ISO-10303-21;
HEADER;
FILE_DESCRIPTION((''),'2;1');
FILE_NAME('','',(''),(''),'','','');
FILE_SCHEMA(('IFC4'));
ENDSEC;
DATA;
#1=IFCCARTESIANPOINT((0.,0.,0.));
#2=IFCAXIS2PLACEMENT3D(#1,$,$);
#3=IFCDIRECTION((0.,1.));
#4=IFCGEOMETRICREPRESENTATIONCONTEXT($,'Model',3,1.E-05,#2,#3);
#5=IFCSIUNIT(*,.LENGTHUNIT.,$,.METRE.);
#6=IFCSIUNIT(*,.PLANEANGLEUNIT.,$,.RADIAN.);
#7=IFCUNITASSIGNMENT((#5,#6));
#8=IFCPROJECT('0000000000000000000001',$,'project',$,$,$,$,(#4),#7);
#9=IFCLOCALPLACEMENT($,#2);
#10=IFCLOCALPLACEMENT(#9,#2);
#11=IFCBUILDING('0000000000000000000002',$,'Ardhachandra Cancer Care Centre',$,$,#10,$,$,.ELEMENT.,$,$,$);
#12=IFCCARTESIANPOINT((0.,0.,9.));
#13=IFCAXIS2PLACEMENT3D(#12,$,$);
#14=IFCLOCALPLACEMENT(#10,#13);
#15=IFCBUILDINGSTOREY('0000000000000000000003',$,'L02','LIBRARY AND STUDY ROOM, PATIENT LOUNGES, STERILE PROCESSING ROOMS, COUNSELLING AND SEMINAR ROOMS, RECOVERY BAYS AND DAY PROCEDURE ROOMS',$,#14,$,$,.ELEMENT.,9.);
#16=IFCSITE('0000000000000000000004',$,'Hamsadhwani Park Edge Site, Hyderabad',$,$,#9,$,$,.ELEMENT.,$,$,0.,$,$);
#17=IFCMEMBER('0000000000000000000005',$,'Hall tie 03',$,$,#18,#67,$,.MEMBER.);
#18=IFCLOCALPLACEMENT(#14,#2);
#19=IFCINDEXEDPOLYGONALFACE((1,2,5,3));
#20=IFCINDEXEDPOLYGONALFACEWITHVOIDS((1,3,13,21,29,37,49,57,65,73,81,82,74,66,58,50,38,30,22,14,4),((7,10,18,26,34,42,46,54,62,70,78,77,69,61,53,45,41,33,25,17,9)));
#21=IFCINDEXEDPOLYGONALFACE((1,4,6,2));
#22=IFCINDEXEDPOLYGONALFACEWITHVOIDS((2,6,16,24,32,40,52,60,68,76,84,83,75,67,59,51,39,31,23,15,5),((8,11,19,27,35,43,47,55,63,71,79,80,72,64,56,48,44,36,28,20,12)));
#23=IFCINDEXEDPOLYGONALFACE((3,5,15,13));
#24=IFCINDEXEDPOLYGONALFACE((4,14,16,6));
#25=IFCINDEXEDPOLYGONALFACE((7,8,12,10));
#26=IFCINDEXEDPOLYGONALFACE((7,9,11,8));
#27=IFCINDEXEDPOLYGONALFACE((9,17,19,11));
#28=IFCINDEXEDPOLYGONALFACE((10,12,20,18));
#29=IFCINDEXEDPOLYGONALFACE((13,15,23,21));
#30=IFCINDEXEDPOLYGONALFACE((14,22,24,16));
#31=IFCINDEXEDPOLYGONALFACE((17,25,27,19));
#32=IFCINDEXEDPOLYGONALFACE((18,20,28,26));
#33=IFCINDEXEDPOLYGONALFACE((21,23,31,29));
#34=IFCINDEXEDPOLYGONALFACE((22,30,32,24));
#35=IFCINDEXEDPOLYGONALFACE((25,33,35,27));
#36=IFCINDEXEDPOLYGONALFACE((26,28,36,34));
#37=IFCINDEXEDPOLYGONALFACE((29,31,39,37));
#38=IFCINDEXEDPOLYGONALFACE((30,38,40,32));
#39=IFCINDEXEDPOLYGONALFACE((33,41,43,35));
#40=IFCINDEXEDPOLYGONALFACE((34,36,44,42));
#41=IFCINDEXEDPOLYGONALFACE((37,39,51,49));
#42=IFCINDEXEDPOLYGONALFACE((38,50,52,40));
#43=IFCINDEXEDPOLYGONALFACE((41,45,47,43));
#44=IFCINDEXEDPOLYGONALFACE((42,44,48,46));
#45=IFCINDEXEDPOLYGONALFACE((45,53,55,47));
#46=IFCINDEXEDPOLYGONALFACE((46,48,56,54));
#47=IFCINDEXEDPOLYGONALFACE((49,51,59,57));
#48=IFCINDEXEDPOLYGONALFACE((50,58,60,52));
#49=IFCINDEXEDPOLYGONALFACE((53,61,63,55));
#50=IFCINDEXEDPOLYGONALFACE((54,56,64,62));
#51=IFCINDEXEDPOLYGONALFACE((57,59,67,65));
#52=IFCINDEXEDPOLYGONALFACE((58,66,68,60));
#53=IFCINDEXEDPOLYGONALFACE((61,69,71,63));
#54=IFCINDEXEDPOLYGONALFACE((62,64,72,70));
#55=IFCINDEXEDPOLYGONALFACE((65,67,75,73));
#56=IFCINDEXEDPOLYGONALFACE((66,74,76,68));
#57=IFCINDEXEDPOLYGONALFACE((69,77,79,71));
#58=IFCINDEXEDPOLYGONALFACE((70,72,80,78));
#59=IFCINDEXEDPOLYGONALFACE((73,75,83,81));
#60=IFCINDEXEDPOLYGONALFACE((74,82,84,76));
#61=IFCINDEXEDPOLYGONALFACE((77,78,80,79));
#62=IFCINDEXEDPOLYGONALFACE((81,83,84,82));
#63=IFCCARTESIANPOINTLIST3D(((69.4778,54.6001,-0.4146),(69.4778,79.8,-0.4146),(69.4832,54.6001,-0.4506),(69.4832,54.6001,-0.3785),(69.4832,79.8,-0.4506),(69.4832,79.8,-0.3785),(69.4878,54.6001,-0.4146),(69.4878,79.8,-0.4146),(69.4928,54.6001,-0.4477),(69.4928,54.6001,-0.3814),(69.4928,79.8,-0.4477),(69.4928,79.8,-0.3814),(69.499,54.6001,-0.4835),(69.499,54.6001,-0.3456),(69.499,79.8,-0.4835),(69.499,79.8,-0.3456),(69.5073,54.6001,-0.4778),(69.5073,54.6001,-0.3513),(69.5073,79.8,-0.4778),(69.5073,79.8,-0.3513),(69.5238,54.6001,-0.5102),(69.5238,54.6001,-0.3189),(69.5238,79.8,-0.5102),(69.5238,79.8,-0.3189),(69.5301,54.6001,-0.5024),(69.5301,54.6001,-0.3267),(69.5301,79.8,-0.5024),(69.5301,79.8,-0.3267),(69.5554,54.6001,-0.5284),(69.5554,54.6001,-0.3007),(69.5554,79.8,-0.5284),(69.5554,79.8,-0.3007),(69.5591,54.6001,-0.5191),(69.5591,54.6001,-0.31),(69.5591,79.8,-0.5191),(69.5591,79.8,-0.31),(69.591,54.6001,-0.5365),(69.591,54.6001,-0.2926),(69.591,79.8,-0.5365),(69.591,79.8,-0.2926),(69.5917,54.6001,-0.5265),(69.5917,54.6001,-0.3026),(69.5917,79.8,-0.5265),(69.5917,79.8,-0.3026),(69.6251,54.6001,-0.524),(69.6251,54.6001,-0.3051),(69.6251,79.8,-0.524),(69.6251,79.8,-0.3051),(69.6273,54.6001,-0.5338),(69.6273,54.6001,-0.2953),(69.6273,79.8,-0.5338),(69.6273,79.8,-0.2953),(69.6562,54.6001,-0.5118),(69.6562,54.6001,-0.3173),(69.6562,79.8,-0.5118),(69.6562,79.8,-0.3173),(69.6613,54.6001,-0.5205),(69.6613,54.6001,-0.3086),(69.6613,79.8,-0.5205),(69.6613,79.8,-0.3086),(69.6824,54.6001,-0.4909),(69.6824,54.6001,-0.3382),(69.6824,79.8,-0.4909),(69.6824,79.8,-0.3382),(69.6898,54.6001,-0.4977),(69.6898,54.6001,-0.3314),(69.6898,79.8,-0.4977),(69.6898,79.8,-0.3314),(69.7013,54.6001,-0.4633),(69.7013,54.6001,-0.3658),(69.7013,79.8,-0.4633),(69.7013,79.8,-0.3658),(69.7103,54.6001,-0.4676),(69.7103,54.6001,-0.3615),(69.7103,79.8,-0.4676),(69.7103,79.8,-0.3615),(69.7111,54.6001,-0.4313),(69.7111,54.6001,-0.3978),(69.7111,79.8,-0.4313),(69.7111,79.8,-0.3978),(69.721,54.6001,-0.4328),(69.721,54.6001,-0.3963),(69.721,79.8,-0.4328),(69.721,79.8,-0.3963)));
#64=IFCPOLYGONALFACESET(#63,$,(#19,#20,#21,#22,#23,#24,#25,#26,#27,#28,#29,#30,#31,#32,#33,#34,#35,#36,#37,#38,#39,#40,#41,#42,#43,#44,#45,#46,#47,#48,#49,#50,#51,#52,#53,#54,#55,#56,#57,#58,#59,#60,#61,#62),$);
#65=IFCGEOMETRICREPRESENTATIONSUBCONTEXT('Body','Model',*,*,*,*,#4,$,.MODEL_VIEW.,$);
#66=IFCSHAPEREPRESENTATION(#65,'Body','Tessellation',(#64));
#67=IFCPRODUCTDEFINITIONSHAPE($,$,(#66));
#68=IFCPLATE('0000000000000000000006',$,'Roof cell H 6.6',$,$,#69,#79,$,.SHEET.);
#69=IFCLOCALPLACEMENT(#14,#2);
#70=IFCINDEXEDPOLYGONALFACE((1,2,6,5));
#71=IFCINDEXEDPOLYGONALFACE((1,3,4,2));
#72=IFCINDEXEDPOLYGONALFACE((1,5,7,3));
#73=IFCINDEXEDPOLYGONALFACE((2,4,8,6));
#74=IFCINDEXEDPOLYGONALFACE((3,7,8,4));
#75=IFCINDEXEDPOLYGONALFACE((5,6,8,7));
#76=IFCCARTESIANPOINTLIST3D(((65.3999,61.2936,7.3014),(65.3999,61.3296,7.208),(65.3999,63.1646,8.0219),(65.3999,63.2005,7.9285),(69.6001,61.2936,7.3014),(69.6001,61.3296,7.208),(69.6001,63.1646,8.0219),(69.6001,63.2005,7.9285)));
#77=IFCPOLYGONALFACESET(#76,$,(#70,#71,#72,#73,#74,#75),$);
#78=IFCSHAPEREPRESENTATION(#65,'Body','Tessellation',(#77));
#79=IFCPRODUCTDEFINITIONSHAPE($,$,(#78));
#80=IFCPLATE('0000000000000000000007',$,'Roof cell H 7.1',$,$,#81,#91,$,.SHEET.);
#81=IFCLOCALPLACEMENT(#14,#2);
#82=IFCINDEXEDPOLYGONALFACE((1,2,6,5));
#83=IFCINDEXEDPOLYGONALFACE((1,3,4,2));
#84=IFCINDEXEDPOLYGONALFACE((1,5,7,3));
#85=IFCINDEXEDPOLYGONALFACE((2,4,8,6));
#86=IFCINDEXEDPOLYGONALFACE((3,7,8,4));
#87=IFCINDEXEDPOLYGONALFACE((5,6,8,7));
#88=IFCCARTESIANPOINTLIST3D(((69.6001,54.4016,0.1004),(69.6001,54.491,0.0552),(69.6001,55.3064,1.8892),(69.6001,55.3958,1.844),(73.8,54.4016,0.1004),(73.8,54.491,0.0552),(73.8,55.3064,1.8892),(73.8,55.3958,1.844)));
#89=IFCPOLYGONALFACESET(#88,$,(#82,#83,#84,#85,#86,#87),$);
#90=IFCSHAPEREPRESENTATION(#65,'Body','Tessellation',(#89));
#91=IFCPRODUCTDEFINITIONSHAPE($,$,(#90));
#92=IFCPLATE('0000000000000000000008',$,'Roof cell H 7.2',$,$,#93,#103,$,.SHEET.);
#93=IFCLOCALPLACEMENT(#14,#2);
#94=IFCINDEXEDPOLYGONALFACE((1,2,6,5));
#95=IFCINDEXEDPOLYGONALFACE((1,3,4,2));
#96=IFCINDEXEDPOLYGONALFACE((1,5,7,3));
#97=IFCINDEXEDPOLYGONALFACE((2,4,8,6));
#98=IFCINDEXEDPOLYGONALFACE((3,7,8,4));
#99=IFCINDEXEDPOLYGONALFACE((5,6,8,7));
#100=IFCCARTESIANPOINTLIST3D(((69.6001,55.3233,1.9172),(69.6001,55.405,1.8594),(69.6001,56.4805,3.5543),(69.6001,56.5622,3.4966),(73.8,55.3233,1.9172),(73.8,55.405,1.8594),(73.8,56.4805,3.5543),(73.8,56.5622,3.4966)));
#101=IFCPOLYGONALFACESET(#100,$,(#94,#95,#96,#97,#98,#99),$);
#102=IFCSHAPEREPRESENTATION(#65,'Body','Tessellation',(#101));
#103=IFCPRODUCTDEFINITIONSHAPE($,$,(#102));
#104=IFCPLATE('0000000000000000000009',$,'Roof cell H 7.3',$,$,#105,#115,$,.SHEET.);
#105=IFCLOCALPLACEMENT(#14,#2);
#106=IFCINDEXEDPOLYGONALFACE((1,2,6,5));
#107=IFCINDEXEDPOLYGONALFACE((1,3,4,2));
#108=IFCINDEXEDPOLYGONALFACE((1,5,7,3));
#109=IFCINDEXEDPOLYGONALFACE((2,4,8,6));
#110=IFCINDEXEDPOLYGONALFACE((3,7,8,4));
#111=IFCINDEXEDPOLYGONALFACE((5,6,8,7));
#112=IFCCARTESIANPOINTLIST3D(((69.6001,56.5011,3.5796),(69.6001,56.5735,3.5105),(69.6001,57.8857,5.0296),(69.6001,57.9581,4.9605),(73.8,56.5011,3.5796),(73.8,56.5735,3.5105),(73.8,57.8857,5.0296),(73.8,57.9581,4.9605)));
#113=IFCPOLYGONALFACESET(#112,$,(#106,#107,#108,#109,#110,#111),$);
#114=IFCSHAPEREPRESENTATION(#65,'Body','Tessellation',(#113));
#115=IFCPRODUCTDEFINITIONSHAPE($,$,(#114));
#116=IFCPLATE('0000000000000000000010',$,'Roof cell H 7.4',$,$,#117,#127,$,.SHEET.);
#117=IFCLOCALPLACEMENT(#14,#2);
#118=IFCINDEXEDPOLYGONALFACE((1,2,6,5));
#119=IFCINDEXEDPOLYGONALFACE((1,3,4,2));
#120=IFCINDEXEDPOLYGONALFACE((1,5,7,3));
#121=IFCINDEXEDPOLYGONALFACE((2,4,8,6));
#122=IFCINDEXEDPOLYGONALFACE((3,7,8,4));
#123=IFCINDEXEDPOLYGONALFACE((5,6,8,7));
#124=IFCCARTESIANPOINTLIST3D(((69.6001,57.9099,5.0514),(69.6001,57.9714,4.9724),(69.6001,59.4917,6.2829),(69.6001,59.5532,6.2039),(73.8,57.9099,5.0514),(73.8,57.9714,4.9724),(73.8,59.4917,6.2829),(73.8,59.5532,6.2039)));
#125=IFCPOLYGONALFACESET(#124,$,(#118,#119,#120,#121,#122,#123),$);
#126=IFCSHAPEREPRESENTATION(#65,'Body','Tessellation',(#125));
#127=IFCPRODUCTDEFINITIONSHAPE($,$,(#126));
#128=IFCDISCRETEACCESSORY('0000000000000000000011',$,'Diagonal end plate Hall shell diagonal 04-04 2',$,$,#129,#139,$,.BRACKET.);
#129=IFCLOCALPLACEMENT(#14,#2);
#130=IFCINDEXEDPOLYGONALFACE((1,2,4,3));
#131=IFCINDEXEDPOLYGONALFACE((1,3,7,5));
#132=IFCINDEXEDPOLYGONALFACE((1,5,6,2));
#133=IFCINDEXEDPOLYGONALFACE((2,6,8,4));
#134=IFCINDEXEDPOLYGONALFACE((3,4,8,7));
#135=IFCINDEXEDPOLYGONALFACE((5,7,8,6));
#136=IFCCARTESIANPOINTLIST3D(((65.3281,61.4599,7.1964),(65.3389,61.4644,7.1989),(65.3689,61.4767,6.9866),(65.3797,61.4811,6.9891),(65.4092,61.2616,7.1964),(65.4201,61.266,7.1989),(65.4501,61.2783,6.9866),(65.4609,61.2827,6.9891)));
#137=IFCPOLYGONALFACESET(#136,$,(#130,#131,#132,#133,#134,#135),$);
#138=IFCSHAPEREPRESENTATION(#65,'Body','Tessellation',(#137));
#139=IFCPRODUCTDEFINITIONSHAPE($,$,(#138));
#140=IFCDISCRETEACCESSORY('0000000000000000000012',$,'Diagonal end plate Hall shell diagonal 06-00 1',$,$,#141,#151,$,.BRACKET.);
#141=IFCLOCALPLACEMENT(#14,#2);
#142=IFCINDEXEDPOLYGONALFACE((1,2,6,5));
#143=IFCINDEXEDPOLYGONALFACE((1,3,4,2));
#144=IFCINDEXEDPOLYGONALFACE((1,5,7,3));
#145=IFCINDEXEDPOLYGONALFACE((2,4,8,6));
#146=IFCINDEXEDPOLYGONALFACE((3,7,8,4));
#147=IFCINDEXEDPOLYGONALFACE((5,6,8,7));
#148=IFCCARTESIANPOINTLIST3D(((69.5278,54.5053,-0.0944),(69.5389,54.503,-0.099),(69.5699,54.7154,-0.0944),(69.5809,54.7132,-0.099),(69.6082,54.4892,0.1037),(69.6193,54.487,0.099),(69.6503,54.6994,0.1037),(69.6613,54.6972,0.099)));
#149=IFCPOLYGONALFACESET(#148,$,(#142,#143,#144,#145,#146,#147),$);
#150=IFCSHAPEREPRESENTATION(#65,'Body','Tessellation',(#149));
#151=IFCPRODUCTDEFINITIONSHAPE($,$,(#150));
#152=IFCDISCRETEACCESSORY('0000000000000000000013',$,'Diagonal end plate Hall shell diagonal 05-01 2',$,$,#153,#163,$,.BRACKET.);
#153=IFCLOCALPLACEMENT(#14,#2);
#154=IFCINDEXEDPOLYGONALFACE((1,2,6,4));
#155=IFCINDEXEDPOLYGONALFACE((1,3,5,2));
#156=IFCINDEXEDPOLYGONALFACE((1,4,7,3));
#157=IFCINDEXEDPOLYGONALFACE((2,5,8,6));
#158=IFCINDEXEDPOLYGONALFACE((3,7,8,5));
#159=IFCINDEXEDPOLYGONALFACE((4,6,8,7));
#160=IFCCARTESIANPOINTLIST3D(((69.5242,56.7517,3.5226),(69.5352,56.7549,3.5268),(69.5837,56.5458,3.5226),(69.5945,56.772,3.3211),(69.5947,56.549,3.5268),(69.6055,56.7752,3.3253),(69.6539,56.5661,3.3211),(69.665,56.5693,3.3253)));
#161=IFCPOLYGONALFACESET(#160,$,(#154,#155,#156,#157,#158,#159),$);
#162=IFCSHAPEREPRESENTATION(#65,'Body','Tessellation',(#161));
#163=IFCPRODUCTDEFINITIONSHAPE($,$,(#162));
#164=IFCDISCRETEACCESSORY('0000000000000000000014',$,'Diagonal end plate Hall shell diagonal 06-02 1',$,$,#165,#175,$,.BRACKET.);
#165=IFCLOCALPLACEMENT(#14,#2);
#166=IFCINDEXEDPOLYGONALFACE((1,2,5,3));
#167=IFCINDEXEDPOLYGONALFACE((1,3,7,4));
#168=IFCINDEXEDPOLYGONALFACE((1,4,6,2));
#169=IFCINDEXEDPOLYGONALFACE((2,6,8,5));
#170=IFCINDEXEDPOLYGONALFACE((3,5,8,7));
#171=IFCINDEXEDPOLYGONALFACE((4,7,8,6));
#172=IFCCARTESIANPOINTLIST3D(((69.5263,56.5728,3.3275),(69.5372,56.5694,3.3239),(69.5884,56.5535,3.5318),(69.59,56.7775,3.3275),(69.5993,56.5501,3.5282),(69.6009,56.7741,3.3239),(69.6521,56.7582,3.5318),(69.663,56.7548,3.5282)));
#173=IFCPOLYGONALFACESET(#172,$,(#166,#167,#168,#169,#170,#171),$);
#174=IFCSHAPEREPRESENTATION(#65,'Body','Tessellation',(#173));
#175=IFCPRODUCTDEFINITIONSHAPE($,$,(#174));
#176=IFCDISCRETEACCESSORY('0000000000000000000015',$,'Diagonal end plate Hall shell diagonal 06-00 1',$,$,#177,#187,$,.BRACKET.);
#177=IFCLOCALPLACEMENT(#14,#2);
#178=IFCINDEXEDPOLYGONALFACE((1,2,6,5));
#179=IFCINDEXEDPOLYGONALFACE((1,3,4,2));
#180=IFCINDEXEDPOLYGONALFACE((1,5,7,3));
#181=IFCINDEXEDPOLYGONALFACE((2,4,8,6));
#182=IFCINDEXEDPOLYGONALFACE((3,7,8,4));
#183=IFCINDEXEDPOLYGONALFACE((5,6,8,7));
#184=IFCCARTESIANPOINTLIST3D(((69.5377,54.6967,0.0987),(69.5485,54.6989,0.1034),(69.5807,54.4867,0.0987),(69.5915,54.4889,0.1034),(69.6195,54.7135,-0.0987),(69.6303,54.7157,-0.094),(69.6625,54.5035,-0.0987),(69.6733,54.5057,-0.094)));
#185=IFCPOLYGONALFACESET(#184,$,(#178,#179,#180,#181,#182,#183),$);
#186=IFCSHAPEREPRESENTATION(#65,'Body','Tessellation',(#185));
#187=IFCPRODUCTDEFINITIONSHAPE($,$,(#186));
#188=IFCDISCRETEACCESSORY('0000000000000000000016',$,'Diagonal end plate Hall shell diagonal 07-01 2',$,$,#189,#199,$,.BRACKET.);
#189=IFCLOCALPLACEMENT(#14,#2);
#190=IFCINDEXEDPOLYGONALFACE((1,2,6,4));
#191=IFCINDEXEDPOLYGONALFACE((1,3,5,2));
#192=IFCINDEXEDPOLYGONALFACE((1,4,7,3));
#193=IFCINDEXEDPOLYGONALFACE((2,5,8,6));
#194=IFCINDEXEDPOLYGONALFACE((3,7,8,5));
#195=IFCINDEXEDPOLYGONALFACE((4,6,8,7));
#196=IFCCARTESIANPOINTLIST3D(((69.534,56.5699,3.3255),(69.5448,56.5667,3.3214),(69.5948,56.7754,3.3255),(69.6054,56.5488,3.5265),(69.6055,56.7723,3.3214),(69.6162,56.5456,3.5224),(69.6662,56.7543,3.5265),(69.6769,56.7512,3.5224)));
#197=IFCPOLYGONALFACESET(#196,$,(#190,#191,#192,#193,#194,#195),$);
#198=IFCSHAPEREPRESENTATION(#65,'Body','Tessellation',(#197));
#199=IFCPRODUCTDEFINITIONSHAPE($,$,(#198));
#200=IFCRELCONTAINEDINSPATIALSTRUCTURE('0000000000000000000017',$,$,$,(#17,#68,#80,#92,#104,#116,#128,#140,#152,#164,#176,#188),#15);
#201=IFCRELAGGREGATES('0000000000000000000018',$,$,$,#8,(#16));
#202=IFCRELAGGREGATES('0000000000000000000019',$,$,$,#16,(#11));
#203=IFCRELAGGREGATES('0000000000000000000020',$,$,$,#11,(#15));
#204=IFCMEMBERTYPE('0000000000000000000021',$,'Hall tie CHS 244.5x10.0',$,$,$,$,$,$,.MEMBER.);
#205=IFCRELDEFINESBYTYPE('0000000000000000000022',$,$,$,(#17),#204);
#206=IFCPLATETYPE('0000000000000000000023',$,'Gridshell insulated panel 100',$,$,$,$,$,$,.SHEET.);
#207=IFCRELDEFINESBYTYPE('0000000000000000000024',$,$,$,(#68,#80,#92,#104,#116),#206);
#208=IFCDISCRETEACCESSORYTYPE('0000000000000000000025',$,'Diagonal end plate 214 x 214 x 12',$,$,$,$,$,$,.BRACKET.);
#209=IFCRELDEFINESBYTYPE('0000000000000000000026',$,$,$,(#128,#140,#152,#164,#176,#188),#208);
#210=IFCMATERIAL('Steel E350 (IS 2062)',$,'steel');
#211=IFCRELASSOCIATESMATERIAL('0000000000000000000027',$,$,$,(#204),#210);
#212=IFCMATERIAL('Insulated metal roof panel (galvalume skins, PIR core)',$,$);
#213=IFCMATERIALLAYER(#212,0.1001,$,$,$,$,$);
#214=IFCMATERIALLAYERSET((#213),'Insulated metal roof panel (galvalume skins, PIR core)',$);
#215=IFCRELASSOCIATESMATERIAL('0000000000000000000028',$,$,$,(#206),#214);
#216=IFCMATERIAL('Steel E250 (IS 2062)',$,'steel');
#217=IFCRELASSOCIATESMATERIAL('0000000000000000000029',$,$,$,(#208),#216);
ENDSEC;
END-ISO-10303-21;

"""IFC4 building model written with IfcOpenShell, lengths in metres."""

from ifc_helpers import new_model, si_unit, direction, frame, origin, origin_2d, place, context, subcontext, project, spatial, polyline, rectangle, hollow_circle, outline, extrude, material, layer, layer_set, material_profile, profile_set, type_object, element, save


model = new_model("IFC4")

# Units and contexts
model_context = context("Model", 3, precision=1e-05, world=origin(), true_north=direction((0.0, 1.0)))
body_context = subcontext(model_context, "Body", "Model", "MODEL_VIEW")
ifc_project = project(units=[si_unit("LENGTHUNIT", "METRE"), si_unit("PLANEANGLEUNIT", "RADIAN")], contexts=[model_context])

# Site, building, storey
site_placement = place(None, origin())
site = spatial("IfcSite", under=ifc_project, at=site_placement, Name="Hamsadhwani Park Edge Site, Hyderabad", CompositionType="ELEMENT", RefElevation=0.0)
building_placement = place(site_placement, origin())
building = spatial("IfcBuilding", under=site, at=building_placement, Name="Ardhachandra Cancer Care Centre", CompositionType="ELEMENT")
storey_placement = place(building_placement, frame((0.0, 0.0, 9.0)))
storey = spatial("IfcBuildingStorey", under=building, at=storey_placement, Name="L02", Description="LIBRARY AND STUDY ROOM, PATIENT LOUNGES, STERILE PROCESSING ROOMS, COUNSELLING AND SEMINAR ROOMS, RECOVERY BAYS AND DAY PROCEDURE ROOMS", CompositionType="ELEMENT", Elevation=9.0)

# Member
ifc_material_1 = material(Name="Steel E350 (IS 2062)", Category="steel")
ifc_material_profile_1 = material_profile(ifc_material_1, hollow_circle(Radius=0.1223, WallThickness=0.01, at=origin_2d()), Name="CHS 244.5x10.0")
ifc_profile_set_1 = profile_set([ifc_material_profile_1], Name="Steel E350 (IS 2062)")
member_type_1 = type_object("IfcMemberType", Name="Hall tie CHS 244.5x10.0", PredefinedType="MEMBER", material=ifc_profile_set_1)
member_1_placement = place(storey_placement, frame((69.6001, 54.6001, -0.4146), z_axis=(0.0, 1.0, 0.0), x_axis=(-1.0, 0.0, 0.0)))
element("IfcMember", 1, at=member_1_placement, inside=storey, type_object=member_type_1, Name="Hall tie 03", PredefinedType="MEMBER", context=body_context, shape_type="SweptSolid", body=[
    extrude(hollow_circle(Radius=0.1223, WallThickness=0.01, at=origin_2d()), origin(), (0.0, 0.0, 1.0), 25.2),
])

# Plates
ifc_material_2 = material(Name="Insulated metal roof panel (galvalume skins, PIR core)")
ifc_layer = layer(ifc_material_2, 0.1001)
ifc_layer_set = layer_set([ifc_layer], Name="Insulated metal roof panel (galvalume skins, PIR core)")
plate_type = type_object("IfcPlateType", Name="Gridshell insulated panel 100", PredefinedType="SHEET", material=ifc_layer_set)
plate_1_placement = place(storey_placement, frame((65.3999, 61.3296, 7.208), z_axis=(0.0, -0.359371, 0.933195), x_axis=(1.0, 0.0, 0.0)))
element("IfcPlate", 2, at=plate_1_placement, inside=storey, type_object=plate_type, Name="Roof cell H 6.6", PredefinedType="SHEET", context=body_context, shape_type="SweptSolid", body=[
    extrude(outline(polyline([(0.0, 0.0), (4.2002, 0.0), (4.2002, 2.0049), (0.0, 2.0049), (0.0, 0.0)])), origin(), (0.0, 0.0, 1.0), 0.1001),
])
plate_2_placement = place(storey_placement, frame((69.6001, 54.491, 0.0552), z_axis=(0.0, -0.892347, 0.45135), x_axis=(1.0, 0.0, 0.0)))
element("IfcPlate", 3, at=plate_2_placement, inside=storey, type_object=plate_type, Name="Roof cell H 7.1", PredefinedType="SHEET", context=body_context, shape_type="SweptSolid", body=[
    extrude(outline(polyline([(0.0, 0.0), (4.2, 0.0), (4.2, 2.0046), (0.0, 2.0046), (0.0, 0.0)])), origin(), (0.0, 0.0, 1.0), 0.1001),
])
for number, where, z_axis, x_axis, name in (
    (4, (69.6001, 55.405, 1.8594), (0.0, -0.816603, 0.577199), (1.0, 0.0, 0.0), "Roof cell H 7.2"),
    (5, (69.6001, 56.5735, 3.5105), (0.0, -0.723237, 0.6906), (1.0, 0.0, 0.0), "Roof cell H 7.3"),
):
    element("IfcPlate", number, at=place(storey_placement, frame(where, z_axis=z_axis, x_axis=x_axis)), inside=storey, type_object=plate_type, Name=name, PredefinedType="SHEET", context=body_context, shape_type="SweptSolid", body=[
        extrude(outline(polyline([(0.0, 0.0), (4.2, 0.0), (4.2, 2.0049), (0.0, 2.0049), (0.0, 0.0)])), origin(), (0.0, 0.0, 1.0), 0.1001),
    ])
plate_3_placement = place(storey_placement, frame((69.6001, 57.9714, 4.9724), z_axis=(0.0, -0.614303, 0.78907), x_axis=(1.0, 0.0, 0.0)))
element("IfcPlate", 6, at=plate_3_placement, inside=storey, type_object=plate_type, Name="Roof cell H 7.4", PredefinedType="SHEET", context=body_context, shape_type="SweptSolid", body=[
    extrude(outline(polyline([(0.0, 0.0), (4.2, 0.0), (4.2, 2.0046), (0.0, 2.0046), (0.0, 0.0)])), origin(), (0.0, 0.0, 1.0), 0.1001),
])

# Discrete accessories
ifc_material_3 = material(Name="Steel E250 (IS 2062)", Category="steel")
ifc_material_profile_2 = material_profile(ifc_material_3, rectangle(XDim=0.2144, YDim=0.2144, at=origin_2d()), Name="PL 214x214x12")
ifc_profile_set_2 = profile_set([ifc_material_profile_2], Name="Steel E250 (IS 2062)")
discrete_accessory_type = type_object("IfcDiscreteAccessoryType", Name="Diagonal end plate 214 x 214 x 12", PredefinedType="BRACKET", material=ifc_profile_set_2)
discrete_accessory_placement = place(storey_placement, frame((65.3999, 61.3735, 7.094), z_axis=(-0.905726, -0.370524, -0.205847), x_axis=(0.378633, -0.925547, 0.0)))
element("IfcDiscreteAccessory", 7, at=discrete_accessory_placement, inside=storey, type_object=discrete_accessory_type, Name="Diagonal end plate Hall shell diagonal 04-04 2", PredefinedType="BRACKET", context=body_context, shape_type="SweptSolid", body=[
    extrude(rectangle(XDim=0.2144, YDim=0.2144, at=origin_2d()), origin(), (0.0, 0.0, 1.0), 0.012),
])
for number, where, z_axis, x_axis, name in (
    (8, (69.6001, 54.6001, 0.0), (-0.905999, 0.1812, 0.382533), (-0.196116, -0.980581, 0.0), "Diagonal end plate Hall shell diagonal 06-00 1"),
    (9, (69.6001, 56.6621, 3.426), (-0.903076, -0.260889, -0.341162), (0.27754, -0.960714, 0.0), "Diagonal end plate Hall shell diagonal 05-01 2"),
):
    element("IfcDiscreteAccessory", number, at=place(storey_placement, frame(where, z_axis=z_axis, x_axis=x_axis)), inside=storey, type_object=discrete_accessory_type, Name=name, PredefinedType="BRACKET", context=body_context, shape_type="SweptSolid", body=[
        extrude(rectangle(XDim=0.2144, YDim=0.2144, at=origin_2d()), origin(), (0.0, 0.0, 1.0), 0.0122),
    ])
for number, where, z_axis, x_axis, name in (
    (10, (69.6001, 56.6621, 3.426), (-0.90988, 0.283074, 0.303293), (-0.297067, -0.954857, 0.0), "Diagonal end plate Hall shell diagonal 06-02 1"),
    (11, (69.6001, 54.6001, 0.0), (0.902291, 0.18456, 0.389626), (-0.200396, 0.979715, 0.0), "Diagonal end plate Hall shell diagonal 06-00 1"),
    (12, (69.6001, 56.6621, 3.426), (0.899271, -0.265694, -0.347446), (0.283346, 0.959018, 0.0), "Diagonal end plate Hall shell diagonal 07-01 2"),
):
    element("IfcDiscreteAccessory", number, at=place(storey_placement, frame(where, z_axis=z_axis, x_axis=x_axis)), inside=storey, type_object=discrete_accessory_type, Name=name, PredefinedType="BRACKET", context=body_context, shape_type="SweptSolid", body=[
        extrude(rectangle(XDim=0.2144, YDim=0.2144, at=origin_2d()), origin(), (0.0, 0.0, 1.0), 0.012),
    ])

save(model, "model.ifc")
